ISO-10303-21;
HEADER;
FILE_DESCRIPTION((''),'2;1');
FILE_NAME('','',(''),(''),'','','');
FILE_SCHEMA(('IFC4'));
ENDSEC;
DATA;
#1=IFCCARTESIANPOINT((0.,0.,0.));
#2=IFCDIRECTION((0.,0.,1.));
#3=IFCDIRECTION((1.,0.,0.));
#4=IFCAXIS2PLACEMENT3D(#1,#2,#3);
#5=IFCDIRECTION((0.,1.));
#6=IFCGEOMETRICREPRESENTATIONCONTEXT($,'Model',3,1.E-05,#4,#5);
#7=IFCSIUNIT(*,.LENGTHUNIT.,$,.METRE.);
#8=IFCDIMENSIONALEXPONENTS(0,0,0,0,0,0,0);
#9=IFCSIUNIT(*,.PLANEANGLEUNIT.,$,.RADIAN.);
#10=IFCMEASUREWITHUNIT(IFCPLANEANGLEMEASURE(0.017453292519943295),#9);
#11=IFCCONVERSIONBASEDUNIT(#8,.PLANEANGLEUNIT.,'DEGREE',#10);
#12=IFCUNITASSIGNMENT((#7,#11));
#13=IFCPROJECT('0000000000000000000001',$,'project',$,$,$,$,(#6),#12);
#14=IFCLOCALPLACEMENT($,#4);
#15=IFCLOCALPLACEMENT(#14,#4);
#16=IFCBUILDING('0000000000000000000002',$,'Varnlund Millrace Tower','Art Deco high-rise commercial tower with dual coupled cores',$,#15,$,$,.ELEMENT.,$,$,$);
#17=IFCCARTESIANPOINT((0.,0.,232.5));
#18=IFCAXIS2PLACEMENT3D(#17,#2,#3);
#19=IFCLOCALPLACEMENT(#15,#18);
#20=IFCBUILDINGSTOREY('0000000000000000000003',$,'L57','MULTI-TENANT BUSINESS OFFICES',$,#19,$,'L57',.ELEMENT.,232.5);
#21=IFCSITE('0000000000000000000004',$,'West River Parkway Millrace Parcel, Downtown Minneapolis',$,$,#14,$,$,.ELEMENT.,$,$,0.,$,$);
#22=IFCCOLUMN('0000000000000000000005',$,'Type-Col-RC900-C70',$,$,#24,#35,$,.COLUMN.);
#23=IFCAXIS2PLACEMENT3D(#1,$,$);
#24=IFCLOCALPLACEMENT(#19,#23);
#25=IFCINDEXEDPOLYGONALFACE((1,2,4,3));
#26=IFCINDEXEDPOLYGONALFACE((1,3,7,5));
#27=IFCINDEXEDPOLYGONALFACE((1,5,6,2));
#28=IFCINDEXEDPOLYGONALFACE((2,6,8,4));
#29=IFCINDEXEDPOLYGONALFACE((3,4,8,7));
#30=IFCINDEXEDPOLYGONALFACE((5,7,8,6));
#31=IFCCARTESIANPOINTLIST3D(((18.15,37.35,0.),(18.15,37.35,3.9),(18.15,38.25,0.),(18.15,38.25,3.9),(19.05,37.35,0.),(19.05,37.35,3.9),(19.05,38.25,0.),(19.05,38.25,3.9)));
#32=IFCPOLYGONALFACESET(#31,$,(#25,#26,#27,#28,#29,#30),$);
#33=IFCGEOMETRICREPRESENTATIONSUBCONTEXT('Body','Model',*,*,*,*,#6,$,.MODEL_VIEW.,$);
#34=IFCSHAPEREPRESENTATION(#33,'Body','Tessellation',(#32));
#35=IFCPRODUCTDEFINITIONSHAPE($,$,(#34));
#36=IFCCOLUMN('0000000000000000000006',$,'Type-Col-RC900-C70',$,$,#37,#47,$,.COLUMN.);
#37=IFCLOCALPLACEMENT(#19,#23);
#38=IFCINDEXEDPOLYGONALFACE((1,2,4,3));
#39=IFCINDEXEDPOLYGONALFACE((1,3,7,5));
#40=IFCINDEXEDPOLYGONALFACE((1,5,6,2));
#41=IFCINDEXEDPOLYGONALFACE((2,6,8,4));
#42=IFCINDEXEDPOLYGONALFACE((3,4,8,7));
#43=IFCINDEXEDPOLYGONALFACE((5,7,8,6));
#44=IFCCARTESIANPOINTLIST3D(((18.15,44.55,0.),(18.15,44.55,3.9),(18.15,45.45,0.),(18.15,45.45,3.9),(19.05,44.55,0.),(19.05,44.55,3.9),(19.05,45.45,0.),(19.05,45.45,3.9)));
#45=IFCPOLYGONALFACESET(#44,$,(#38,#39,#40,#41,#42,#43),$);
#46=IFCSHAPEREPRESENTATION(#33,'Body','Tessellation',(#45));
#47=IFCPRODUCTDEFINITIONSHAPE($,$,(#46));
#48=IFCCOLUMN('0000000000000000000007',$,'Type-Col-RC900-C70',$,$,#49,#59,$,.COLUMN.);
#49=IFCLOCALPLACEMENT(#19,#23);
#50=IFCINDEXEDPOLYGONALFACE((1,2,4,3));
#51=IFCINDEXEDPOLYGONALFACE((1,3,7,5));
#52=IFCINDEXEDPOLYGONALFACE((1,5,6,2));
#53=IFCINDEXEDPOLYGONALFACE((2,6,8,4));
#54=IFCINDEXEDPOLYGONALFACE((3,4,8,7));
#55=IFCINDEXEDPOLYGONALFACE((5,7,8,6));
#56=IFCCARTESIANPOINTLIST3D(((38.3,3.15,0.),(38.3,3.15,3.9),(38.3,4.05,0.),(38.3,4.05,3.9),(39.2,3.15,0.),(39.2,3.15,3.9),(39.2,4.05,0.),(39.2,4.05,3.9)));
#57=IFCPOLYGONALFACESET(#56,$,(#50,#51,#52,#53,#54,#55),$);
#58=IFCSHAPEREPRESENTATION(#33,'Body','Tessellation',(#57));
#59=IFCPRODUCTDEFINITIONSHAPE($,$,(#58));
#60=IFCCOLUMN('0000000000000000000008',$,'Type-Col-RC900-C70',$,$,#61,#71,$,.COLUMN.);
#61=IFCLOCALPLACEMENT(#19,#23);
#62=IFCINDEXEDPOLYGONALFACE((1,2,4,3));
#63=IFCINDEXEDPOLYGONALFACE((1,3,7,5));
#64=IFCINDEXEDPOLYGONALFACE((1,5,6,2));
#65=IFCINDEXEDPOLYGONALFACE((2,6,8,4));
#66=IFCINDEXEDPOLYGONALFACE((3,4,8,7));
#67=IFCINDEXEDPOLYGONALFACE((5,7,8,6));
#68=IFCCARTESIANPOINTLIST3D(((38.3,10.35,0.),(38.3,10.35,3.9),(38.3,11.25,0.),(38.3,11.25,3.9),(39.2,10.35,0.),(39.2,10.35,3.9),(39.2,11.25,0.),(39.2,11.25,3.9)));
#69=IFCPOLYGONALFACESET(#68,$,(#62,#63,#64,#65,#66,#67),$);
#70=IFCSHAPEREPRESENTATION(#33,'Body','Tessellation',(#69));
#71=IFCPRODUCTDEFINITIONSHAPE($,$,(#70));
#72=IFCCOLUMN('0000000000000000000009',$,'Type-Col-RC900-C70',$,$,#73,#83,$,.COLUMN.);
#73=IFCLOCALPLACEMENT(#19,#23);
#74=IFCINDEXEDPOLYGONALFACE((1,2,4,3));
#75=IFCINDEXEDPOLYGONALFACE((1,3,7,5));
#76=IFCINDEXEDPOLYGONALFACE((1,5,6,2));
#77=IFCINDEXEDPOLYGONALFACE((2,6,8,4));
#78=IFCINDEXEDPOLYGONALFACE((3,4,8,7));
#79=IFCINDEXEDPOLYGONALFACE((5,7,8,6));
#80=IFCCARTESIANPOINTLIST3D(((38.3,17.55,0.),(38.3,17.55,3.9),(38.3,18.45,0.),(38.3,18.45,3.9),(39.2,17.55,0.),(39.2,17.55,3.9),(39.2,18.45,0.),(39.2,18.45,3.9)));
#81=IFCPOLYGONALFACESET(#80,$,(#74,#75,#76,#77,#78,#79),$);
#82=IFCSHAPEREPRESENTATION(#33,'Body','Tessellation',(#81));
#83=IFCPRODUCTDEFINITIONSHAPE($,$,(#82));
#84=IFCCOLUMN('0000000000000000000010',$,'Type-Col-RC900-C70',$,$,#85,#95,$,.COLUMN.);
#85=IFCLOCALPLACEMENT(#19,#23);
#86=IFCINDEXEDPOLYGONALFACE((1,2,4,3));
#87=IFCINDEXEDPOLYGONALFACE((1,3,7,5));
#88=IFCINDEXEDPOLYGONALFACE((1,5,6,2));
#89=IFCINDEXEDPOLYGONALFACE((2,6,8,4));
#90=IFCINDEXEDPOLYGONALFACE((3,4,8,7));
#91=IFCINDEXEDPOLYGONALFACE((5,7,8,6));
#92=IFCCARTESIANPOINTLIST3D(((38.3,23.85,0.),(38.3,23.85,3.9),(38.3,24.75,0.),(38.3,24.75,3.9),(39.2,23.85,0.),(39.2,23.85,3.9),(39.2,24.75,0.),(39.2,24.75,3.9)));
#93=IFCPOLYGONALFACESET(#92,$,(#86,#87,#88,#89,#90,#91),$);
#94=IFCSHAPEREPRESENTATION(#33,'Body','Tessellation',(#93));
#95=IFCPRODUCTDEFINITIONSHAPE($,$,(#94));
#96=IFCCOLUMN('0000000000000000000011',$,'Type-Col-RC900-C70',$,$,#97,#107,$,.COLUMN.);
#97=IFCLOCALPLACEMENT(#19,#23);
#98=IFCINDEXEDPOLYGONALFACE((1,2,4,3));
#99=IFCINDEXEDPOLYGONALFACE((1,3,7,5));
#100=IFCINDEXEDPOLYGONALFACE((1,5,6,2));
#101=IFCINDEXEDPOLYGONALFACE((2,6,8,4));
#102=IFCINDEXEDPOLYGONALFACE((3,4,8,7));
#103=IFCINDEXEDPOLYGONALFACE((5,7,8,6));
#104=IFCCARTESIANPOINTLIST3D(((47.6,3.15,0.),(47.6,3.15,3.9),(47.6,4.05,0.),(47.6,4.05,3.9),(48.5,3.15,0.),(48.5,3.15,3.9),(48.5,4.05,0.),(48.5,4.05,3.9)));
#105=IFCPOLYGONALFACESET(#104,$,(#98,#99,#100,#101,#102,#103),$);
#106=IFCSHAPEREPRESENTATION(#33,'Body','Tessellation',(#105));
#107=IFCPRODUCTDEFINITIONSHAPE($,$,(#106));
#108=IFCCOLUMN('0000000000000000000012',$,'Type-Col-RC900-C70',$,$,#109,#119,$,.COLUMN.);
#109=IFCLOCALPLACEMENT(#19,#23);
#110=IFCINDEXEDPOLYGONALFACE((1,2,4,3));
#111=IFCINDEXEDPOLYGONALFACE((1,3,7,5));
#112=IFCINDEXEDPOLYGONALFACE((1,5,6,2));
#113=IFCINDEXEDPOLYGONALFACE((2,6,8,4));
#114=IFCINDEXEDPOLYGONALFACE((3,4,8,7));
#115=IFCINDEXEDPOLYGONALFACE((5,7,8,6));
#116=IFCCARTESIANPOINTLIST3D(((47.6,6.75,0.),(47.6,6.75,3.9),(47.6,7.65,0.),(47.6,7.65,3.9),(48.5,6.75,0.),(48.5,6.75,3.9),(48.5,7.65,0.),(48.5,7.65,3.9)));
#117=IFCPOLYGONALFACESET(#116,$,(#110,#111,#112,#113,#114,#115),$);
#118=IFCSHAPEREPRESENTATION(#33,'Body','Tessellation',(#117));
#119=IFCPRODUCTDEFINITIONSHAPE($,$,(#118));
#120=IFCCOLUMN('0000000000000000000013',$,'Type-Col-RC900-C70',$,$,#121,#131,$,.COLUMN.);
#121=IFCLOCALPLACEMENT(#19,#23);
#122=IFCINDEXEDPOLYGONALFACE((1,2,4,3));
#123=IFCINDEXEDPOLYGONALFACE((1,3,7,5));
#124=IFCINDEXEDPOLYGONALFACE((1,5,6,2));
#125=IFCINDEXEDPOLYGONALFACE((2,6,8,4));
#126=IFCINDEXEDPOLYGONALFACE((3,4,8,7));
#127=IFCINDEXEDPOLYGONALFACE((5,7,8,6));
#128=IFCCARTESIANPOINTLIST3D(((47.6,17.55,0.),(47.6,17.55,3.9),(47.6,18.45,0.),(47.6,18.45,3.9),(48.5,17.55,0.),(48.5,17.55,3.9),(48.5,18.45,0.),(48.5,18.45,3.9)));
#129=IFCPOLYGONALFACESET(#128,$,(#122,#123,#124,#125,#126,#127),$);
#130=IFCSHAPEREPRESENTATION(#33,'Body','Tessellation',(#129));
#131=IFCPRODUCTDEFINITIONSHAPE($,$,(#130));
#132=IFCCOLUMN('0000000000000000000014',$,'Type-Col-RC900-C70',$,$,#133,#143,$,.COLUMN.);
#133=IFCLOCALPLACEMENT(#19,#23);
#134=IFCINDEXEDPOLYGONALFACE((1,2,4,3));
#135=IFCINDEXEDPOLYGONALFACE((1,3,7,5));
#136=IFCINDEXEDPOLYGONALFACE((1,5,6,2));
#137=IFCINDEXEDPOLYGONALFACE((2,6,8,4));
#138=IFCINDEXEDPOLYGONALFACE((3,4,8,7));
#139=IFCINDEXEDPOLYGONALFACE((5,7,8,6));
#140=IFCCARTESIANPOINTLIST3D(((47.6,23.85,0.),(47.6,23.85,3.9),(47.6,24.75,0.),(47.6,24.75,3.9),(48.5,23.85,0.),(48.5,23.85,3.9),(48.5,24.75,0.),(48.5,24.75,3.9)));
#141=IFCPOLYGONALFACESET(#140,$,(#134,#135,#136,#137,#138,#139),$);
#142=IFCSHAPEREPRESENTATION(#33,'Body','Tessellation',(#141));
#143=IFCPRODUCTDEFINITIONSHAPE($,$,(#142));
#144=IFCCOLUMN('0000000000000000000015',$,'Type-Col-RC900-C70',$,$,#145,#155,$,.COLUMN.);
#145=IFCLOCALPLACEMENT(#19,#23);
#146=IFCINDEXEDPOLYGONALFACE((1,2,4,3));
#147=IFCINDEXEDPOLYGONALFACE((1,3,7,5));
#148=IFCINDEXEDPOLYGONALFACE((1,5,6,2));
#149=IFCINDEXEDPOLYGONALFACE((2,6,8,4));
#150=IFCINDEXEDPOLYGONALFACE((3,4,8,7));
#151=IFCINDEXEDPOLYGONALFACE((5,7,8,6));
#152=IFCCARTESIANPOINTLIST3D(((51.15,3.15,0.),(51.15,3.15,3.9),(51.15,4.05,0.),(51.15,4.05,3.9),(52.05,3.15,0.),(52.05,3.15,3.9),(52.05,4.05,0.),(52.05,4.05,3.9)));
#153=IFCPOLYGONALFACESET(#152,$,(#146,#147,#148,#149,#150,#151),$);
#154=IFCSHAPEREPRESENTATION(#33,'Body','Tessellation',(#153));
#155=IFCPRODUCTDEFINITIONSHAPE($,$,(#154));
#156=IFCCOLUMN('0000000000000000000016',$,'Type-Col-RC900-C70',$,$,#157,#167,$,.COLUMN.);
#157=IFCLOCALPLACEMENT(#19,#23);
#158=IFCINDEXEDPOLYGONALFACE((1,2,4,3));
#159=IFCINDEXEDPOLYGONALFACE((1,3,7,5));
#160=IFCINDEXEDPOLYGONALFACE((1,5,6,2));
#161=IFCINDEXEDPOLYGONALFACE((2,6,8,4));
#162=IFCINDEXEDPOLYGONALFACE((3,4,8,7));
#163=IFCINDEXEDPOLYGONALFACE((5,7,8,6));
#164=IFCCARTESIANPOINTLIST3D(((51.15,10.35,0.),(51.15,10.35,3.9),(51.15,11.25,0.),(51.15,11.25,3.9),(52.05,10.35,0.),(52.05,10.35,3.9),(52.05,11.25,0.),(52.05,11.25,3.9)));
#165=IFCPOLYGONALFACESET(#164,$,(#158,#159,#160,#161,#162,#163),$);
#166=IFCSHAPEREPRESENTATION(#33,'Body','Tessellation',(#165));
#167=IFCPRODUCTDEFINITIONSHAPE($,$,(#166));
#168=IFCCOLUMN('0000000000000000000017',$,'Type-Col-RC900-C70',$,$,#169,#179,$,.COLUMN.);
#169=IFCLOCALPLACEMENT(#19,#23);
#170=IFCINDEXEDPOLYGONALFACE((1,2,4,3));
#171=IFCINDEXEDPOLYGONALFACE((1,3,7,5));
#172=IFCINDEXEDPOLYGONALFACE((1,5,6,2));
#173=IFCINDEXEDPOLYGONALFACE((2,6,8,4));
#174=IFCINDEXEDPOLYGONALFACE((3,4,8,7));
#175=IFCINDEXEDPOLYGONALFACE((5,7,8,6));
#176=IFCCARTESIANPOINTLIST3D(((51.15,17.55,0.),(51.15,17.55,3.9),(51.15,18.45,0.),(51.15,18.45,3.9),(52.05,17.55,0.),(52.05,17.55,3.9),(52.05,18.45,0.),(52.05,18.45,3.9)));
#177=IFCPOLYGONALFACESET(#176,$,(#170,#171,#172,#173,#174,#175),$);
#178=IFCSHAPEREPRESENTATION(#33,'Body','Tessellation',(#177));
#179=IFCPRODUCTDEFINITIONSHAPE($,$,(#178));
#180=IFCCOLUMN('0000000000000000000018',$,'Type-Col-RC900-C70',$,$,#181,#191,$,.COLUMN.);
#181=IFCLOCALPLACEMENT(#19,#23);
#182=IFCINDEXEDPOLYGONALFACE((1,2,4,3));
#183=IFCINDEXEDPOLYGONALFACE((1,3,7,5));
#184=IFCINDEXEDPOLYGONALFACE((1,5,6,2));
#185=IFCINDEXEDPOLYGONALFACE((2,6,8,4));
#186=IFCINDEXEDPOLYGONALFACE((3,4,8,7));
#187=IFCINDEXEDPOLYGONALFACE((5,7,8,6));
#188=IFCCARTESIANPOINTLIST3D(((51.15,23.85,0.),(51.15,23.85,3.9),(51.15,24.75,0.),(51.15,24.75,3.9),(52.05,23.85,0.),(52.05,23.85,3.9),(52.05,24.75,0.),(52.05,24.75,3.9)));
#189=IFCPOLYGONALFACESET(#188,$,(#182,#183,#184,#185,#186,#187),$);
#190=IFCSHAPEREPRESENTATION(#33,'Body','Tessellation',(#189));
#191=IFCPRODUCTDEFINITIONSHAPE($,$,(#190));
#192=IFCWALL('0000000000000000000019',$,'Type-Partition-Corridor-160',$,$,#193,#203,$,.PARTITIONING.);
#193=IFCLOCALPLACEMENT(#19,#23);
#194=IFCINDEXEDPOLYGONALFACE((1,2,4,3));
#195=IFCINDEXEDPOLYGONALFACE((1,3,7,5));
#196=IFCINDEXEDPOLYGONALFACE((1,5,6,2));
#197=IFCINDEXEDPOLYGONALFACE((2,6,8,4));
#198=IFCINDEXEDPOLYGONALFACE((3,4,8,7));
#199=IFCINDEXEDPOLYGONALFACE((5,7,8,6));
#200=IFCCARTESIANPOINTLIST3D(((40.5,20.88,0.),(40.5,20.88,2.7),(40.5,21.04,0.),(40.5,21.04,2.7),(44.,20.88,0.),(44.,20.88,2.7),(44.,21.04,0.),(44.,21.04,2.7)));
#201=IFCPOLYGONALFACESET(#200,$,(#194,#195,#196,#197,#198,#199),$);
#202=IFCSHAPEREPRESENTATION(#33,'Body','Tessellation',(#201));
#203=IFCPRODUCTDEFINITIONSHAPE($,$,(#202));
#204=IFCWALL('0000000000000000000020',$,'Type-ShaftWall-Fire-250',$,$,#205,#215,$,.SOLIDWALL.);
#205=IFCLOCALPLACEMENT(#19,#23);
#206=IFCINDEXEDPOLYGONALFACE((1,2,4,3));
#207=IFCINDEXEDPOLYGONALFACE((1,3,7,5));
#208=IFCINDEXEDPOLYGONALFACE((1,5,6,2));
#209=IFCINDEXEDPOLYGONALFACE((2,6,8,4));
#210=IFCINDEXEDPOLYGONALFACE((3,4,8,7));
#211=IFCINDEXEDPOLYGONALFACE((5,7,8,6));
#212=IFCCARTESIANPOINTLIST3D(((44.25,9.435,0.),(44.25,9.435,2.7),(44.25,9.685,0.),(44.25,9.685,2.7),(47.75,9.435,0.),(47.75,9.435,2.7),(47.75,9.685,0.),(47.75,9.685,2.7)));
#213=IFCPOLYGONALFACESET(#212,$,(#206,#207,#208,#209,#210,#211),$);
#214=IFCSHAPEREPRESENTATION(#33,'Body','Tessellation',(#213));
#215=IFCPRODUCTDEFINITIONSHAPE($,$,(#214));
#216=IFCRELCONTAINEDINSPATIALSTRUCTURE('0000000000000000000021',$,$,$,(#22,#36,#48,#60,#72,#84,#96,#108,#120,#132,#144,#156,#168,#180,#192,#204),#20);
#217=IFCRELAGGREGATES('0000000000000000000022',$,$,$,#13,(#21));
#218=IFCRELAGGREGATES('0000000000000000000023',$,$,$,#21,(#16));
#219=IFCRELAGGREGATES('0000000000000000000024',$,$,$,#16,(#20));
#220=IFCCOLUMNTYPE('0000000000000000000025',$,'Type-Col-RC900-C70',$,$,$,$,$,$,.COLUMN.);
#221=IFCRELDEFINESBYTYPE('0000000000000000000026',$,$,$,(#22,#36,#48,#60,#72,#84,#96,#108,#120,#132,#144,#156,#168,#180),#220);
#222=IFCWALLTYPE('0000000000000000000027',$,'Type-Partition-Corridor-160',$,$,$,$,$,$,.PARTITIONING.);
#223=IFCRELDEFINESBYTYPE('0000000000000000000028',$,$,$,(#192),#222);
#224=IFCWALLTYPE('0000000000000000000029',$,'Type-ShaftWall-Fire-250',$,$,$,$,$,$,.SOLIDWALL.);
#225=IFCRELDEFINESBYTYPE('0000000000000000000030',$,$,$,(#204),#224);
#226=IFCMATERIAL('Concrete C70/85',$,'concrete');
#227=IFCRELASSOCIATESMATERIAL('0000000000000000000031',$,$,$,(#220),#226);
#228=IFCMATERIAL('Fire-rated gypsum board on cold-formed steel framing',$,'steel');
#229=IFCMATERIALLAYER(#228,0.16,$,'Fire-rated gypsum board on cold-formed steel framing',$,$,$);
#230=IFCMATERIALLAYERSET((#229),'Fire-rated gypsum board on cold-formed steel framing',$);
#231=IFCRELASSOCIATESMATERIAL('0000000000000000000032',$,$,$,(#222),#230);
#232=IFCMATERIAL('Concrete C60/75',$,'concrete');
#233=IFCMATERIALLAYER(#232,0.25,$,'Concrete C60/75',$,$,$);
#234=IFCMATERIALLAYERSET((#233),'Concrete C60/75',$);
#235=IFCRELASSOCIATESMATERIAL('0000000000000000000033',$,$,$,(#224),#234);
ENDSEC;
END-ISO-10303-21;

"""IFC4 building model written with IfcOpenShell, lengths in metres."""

from ifc_helpers import new_model, entity, si_unit, converted_unit, direction, frame, origin_with_axes, origin_2d_with_axis, place, context, subcontext, project, spatial, polyline, rectangle, outline, extrude, material, layer, layer_set, material_profile, profile_set, type_object, element, save


model = new_model("IFC4")

# Units and contexts
model_context = context("Model", 3, precision=1e-05, world=origin_with_axes(), true_north=direction((0.0, 1.0)))
body_context = subcontext(model_context, "Body", "Model", "MODEL_VIEW")
ifc_project = project(units=[si_unit("LENGTHUNIT", "METRE"), converted_unit("PLANEANGLEUNIT", "DEGREE", entity("IfcPlaneAngleMeasure", 0.017453292519943295), si_unit("PLANEANGLEUNIT", "RADIAN"), dimensions=[0, 0, 0, 0, 0, 0, 0])], contexts=[model_context])

# Site, building, storey
site_placement = place(None, origin_with_axes())
site = spatial("IfcSite", under=ifc_project, at=site_placement, Name="West River Parkway Millrace Parcel, Downtown Minneapolis", CompositionType="ELEMENT", RefElevation=0.0)
building_placement = place(site_placement, origin_with_axes())
building = spatial("IfcBuilding", under=site, at=building_placement, Name="Varnlund Millrace Tower", Description="Art Deco high-rise commercial tower with dual coupled cores", CompositionType="ELEMENT")
storey_placement = place(building_placement, frame((0.0, 0.0, 232.5), z_axis=(0.0, 0.0, 1.0), x_axis=(1.0, 0.0, 0.0)))
storey = spatial("IfcBuildingStorey", under=building, at=storey_placement, Name="L57", Description="MULTI-TENANT BUSINESS OFFICES", LongName="L57", CompositionType="ELEMENT", Elevation=232.5)

# Columns
ifc_material_1 = material(Name="Concrete C70/85", Category="concrete")
ifc_material_profile_1 = material_profile(ifc_material_1, rectangle(XDim=0.9, YDim=0.9, at=origin_2d_with_axis()), Name="Concrete C70/85")
ifc_profile_set_1 = profile_set([ifc_material_profile_1], Name="Concrete C70/85")
column_type_1 = type_object("IfcColumnType", Name="Type-Col-RC900-C70", PredefinedType="COLUMN", material=ifc_profile_set_1)
for number, where, z_axis, x_axis, name in (
    (1, (18.6, 37.8, 0.0), (0.0, 0.0, 1.0), (1.0, 0.0, 0.0), "Type-Col-RC900-C70"),
    (2, (18.6, 45.0, 0.0), (0.0, 0.0, 1.0), (1.0, 0.0, 0.0), "Type-Col-RC900-C70"),
    (3, (38.75, 3.6, 0.0), (0.0, 0.0, 1.0), (1.0, 0.0, 0.0), "Type-Col-RC900-C70"),
    (4, (38.75, 10.8, 0.0), (0.0, 0.0, 1.0), (1.0, 0.0, 0.0), "Type-Col-RC900-C70"),
    (5, (38.75, 18.0, 0.0), (0.0, 0.0, 1.0), (1.0, 0.0, 0.0), "Type-Col-RC900-C70"),
    (6, (38.75, 24.3, 0.0), (0.0, 0.0, 1.0), (1.0, 0.0, 0.0), "Type-Col-RC900-C70"),
    (7, (48.05, 3.6, 0.0), (0.0, 0.0, 1.0), (1.0, 0.0, 0.0), "Type-Col-RC900-C70"),
    (8, (48.05, 7.2, 0.0), (0.0, 0.0, 1.0), (1.0, 0.0, 0.0), "Type-Col-RC900-C70"),
    (9, (48.05, 18.0, 0.0), (0.0, 0.0, 1.0), (1.0, 0.0, 0.0), "Type-Col-RC900-C70"),
    (10, (48.05, 24.3, 0.0), (0.0, 0.0, 1.0), (1.0, 0.0, 0.0), "Type-Col-RC900-C70"),
    (11, (51.6, 3.6, 0.0), (0.0, 0.0, 1.0), (1.0, 0.0, 0.0), "Type-Col-RC900-C70"),
    (12, (51.6, 10.8, 0.0), (0.0, 0.0, 1.0), (1.0, 0.0, 0.0), "Type-Col-RC900-C70"),
    (13, (51.6, 18.0, 0.0), (0.0, 0.0, 1.0), (1.0, 0.0, 0.0), "Type-Col-RC900-C70"),
    (14, (51.6, 24.3, 0.0), (0.0, 0.0, 1.0), (1.0, 0.0, 0.0), "Type-Col-RC900-C70"),
):
    element("IfcColumn", number, at=place(storey_placement, frame(where, z_axis=z_axis, x_axis=x_axis)), inside=storey, type_object=column_type_1, Name=name, PredefinedType="COLUMN", context=body_context, shape_type="SweptSolid", body=[
        extrude(rectangle(XDim=0.9, YDim=0.9, at=origin_2d_with_axis()), origin_with_axes(), (0.0, 0.0, 1.0), 3.9),
    ])

# Wall
ifc_material_2 = material(Name="Fire-rated gypsum board on cold-formed steel framing", Category="steel")
ifc_layer_1 = layer(ifc_material_2, 0.16, Name="Fire-rated gypsum board on cold-formed steel framing")
ifc_layer_set_1 = layer_set([ifc_layer_1], Name="Fire-rated gypsum board on cold-formed steel framing")
wall_type_1 = type_object("IfcWallType", Name="Type-Partition-Corridor-160", PredefinedType="PARTITIONING", material=ifc_layer_set_1)
wall_1_placement = place(storey_placement, frame((40.5, 20.96, 0.0), z_axis=(0.0, 0.0, 1.0), x_axis=(1.0, 0.0, 0.0)))
element("IfcWall", 15, at=wall_1_placement, inside=storey, type_object=wall_type_1, Name="Type-Partition-Corridor-160", PredefinedType="PARTITIONING", context=body_context, shape_type="SweptSolid", body=[
    extrude(outline(polyline([(0.0, -0.08), (3.5, -0.08), (3.5, 0.08), (0.0, 0.08), (0.0, -0.08)])), origin_with_axes(), (0.0, 0.0, 1.0), 2.7),
])

# Wall
ifc_material_3 = material(Name="Concrete C60/75", Category="concrete")
ifc_layer_2 = layer(ifc_material_3, 0.25, Name="Concrete C60/75")
ifc_layer_set_2 = layer_set([ifc_layer_2], Name="Concrete C60/75")
wall_type_2 = type_object("IfcWallType", Name="Type-ShaftWall-Fire-250", PredefinedType="SOLIDWALL", material=ifc_layer_set_2)
wall_2_placement = place(storey_placement, frame((44.25, 9.56, 0.0), z_axis=(0.0, 0.0, 1.0), x_axis=(1.0, 0.0, 0.0)))
element("IfcWall", 16, at=wall_2_placement, inside=storey, type_object=wall_type_2, Name="Type-ShaftWall-Fire-250", PredefinedType="SOLIDWALL", context=body_context, shape_type="SweptSolid", body=[
    extrude(outline(polyline([(0.0, -0.125), (3.5, -0.125), (3.5, 0.125), (0.0, 0.125), (0.0, -0.125)])), origin_with_axes(), (0.0, 0.0, 1.0), 2.7),
])

save(model, "model.ifc")
